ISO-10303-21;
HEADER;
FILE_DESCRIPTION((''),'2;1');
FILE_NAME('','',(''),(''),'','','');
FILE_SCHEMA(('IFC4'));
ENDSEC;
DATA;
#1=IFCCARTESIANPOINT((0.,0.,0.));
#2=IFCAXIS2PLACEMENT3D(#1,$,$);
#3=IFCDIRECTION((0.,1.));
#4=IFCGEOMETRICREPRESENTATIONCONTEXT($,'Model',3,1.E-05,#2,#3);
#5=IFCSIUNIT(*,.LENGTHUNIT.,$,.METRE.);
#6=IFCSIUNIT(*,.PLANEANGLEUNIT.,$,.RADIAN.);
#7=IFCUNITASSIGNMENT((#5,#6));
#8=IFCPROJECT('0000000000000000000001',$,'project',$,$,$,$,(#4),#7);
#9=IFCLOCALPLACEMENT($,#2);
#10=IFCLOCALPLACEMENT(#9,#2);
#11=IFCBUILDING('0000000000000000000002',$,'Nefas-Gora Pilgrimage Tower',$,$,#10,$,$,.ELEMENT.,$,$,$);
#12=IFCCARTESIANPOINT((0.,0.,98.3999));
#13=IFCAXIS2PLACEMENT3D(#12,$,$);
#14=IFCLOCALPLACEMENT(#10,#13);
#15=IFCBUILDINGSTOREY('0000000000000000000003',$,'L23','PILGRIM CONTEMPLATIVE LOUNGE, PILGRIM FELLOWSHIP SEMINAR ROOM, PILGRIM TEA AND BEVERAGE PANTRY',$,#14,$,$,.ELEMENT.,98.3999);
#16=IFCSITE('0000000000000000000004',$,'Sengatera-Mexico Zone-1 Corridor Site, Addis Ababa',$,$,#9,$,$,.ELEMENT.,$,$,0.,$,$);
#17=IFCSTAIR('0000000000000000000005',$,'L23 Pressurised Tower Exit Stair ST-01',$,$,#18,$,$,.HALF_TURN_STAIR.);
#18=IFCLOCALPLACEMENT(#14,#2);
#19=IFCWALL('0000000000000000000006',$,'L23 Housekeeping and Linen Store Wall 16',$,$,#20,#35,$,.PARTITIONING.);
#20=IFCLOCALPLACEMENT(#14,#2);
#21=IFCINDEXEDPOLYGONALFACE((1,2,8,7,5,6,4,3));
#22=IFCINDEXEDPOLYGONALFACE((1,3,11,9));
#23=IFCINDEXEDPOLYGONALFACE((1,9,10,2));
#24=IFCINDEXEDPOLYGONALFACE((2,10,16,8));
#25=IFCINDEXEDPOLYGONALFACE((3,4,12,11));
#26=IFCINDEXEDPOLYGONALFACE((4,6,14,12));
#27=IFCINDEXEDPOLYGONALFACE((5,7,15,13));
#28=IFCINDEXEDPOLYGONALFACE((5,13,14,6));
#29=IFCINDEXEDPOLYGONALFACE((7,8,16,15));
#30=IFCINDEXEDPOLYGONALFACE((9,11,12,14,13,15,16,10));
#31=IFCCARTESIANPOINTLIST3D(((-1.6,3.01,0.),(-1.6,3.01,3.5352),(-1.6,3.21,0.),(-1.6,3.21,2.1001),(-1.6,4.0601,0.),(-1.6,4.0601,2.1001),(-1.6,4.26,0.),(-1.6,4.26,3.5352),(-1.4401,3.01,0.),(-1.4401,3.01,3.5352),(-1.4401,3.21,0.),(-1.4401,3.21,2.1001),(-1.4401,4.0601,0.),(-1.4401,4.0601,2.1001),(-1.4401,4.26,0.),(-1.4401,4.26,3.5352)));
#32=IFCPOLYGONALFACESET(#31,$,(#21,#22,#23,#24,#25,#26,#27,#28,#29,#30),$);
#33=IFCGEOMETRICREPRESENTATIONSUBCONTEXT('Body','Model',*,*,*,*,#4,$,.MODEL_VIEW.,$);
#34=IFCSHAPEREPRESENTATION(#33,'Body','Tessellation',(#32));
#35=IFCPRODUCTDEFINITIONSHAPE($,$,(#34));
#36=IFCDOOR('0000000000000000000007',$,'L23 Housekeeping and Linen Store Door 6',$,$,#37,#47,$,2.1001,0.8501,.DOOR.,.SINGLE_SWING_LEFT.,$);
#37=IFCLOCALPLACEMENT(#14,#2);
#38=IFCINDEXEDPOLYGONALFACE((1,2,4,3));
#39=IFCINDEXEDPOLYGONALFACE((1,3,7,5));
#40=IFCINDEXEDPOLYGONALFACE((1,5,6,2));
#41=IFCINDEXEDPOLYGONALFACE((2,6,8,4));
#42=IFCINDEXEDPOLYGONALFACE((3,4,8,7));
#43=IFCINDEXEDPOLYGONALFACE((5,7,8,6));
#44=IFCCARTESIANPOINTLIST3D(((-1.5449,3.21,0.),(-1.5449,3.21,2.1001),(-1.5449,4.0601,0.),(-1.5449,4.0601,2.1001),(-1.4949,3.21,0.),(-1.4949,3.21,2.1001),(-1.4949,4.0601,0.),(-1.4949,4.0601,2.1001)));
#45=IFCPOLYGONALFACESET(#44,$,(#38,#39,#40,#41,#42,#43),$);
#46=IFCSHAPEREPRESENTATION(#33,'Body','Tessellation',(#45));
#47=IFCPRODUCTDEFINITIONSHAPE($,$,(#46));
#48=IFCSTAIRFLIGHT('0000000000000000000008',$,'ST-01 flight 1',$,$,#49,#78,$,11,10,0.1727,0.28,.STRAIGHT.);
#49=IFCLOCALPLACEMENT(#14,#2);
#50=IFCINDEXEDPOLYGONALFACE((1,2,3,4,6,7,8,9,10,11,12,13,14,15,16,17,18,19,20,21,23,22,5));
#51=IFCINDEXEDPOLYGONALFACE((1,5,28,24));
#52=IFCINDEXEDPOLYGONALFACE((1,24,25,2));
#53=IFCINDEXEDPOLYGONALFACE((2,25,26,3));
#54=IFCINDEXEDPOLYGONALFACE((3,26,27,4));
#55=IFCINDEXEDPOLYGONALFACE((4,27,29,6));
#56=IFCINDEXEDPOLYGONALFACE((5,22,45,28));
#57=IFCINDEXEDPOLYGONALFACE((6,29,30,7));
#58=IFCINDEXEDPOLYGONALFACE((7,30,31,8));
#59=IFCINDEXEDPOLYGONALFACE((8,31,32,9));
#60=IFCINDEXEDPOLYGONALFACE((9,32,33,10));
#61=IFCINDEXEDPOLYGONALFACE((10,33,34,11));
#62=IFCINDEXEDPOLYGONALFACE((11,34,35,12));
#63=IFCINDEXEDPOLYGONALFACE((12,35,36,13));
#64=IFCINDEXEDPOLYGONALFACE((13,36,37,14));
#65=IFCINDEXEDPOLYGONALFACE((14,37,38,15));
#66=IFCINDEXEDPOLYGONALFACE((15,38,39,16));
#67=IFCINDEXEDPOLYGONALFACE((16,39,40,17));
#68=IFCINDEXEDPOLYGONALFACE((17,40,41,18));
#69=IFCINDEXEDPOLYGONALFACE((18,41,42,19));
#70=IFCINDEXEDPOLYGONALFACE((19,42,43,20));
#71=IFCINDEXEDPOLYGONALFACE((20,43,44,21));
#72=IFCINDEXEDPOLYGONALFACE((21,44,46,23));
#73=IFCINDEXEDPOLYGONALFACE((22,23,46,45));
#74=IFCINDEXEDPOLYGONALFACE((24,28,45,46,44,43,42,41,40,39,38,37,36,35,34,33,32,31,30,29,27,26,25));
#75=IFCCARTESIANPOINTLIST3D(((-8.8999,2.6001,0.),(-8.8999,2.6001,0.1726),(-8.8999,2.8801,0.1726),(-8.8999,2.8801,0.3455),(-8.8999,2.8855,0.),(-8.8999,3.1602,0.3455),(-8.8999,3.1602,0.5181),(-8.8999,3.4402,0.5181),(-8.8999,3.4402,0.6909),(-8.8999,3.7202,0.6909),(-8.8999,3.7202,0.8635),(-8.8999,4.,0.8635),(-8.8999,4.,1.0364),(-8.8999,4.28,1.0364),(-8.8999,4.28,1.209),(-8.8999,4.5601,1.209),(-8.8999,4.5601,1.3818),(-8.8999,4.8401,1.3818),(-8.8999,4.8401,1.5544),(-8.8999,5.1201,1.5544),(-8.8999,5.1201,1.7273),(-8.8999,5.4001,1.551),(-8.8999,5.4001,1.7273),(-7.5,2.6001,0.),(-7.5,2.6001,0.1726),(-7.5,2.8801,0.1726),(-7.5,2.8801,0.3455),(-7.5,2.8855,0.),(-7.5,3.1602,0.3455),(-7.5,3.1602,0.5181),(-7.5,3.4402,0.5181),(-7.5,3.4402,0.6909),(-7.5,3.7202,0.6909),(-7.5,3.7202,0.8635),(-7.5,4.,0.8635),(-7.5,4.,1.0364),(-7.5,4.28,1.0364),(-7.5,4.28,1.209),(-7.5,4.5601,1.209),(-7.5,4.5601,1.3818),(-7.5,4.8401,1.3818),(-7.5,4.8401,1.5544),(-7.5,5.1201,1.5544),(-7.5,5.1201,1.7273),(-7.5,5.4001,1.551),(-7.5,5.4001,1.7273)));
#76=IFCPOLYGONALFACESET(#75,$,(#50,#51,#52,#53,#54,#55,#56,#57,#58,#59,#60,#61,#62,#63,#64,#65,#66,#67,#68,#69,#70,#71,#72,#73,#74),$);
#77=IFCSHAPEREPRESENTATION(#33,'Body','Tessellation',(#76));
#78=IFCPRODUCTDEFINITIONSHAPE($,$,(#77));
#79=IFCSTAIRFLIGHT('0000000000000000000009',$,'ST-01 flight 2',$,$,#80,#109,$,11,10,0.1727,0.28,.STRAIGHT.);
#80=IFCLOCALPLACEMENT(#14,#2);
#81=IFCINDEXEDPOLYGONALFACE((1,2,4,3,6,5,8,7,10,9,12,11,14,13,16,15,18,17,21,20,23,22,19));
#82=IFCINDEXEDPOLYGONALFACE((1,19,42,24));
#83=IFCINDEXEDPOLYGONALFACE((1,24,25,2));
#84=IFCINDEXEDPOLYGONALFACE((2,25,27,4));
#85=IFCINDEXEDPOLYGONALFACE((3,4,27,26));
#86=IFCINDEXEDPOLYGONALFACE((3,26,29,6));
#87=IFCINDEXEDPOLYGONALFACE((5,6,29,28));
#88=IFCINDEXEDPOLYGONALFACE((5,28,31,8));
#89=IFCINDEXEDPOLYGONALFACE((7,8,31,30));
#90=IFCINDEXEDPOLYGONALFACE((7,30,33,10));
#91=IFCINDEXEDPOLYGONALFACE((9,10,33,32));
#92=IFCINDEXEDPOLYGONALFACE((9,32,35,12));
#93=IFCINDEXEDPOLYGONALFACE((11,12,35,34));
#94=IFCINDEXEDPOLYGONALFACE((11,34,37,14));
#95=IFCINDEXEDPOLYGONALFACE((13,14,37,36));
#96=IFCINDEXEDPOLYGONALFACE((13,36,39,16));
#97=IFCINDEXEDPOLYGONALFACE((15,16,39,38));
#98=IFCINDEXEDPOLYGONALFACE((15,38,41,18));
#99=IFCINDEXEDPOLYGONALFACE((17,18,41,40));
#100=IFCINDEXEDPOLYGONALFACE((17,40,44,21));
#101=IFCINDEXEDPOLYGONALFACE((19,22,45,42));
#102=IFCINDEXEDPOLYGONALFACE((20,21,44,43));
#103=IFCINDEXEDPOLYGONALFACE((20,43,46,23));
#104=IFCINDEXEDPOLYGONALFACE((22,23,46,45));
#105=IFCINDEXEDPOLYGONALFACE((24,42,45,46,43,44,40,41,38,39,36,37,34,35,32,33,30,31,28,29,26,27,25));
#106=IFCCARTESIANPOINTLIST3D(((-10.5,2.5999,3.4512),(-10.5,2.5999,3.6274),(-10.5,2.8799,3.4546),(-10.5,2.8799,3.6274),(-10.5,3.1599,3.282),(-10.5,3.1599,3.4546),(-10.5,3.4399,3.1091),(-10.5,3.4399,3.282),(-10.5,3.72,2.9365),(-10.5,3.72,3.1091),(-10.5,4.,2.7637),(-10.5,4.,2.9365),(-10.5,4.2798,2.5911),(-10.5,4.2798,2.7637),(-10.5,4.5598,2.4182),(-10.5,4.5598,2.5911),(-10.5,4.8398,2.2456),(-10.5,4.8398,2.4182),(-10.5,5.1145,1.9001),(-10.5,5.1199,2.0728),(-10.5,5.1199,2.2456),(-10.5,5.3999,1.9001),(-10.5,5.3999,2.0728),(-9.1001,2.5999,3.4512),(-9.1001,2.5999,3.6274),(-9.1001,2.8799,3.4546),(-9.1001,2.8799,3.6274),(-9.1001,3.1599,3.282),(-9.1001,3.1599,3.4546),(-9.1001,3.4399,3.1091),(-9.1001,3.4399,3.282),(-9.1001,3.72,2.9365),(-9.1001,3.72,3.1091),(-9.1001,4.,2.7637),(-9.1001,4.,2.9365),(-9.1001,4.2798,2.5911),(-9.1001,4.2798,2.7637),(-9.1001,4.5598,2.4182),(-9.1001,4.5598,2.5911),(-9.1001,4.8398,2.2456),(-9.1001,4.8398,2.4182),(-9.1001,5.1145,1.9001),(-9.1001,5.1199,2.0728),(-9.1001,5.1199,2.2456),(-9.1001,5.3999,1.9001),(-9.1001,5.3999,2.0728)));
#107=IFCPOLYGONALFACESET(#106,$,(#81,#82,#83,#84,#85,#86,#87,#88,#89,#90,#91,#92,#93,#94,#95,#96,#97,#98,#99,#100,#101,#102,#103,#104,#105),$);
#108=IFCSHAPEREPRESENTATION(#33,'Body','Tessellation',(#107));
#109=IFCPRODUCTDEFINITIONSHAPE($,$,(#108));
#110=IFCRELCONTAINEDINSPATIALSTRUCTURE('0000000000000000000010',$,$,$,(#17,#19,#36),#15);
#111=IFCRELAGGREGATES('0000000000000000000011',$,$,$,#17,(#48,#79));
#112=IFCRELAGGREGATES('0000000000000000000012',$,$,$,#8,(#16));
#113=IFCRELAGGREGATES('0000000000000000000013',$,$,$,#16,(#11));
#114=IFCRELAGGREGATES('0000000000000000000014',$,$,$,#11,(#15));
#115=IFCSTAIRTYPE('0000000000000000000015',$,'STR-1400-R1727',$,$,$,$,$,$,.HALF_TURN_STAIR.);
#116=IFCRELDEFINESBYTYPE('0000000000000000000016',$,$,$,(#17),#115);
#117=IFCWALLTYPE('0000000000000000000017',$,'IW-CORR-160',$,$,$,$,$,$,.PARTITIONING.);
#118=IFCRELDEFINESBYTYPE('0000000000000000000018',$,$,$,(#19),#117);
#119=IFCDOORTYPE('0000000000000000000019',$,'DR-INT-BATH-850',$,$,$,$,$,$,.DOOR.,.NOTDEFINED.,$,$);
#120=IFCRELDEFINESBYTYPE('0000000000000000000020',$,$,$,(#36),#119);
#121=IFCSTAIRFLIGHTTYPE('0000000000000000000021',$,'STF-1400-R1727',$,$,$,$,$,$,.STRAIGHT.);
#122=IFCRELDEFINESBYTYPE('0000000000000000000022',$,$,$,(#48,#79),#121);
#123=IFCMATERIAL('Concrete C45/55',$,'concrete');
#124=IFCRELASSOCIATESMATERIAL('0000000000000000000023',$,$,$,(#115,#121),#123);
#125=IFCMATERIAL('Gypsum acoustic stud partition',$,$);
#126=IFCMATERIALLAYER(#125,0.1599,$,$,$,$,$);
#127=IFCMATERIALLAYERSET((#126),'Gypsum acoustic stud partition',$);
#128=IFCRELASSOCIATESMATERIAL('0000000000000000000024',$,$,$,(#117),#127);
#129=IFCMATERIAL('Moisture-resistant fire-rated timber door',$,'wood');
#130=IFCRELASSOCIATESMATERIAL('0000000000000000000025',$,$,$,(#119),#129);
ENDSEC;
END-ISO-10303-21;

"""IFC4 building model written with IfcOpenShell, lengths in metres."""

from ifc_helpers import new_model, si_unit, direction, frame, frame_2d, origin, place, context, subcontext, project, spatial, polyline, rectangle, outline, extrude, source, transform, mapped, material, layer, layer_set, type_object, element, fill, aggregate, save


model = new_model("IFC4")

# Units and contexts
model_context = context("Model", 3, precision=1e-05, world=origin(), true_north=direction((0.0, 1.0)))
body_context = subcontext(model_context, "Body", "Model", "MODEL_VIEW")
ifc_project = project(units=[si_unit("LENGTHUNIT", "METRE"), si_unit("PLANEANGLEUNIT", "RADIAN")], contexts=[model_context])

# Site, building, storey
site_placement = place(None, origin())
site = spatial("IfcSite", under=ifc_project, at=site_placement, Name="Sengatera-Mexico Zone-1 Corridor Site, Addis Ababa", CompositionType="ELEMENT", RefElevation=0.0)
building_placement = place(site_placement, origin())
building = spatial("IfcBuilding", under=site, at=building_placement, Name="Nefas-Gora Pilgrimage Tower", CompositionType="ELEMENT")
storey_placement = place(building_placement, frame((0.0, 0.0, 98.3999)))
storey = spatial("IfcBuildingStorey", under=building, at=storey_placement, Name="L23", Description="PILGRIM CONTEMPLATIVE LOUNGE, PILGRIM FELLOWSHIP SEMINAR ROOM, PILGRIM TEA AND BEVERAGE PANTRY", CompositionType="ELEMENT", Elevation=98.3999)

# Stair
ifc_material_1 = material(Name="Concrete C45/55", Category="concrete")
stair_type = type_object("IfcStairType", Name="STR-1400-R1727", PredefinedType="HALF_TURN_STAIR", material=ifc_material_1)
stair_1_placement = place(storey_placement, origin())
stair_1 = element("IfcStair", 1, at=stair_1_placement, inside=storey, type_object=stair_type, Name="L23 Pressurised Tower Exit Stair ST-01", PredefinedType="HALF_TURN_STAIR")

# Shared definitions
ifc_material_2 = material(Name="Gypsum acoustic stud partition")
ifc_layer_1 = layer(ifc_material_2, 0.1599)
ifc_layer_set_1 = layer_set([ifc_layer_1], Name="Gypsum acoustic stud partition")
wall_type_1 = type_object("IfcWallType", Name="IW-CORR-160", PredefinedType="PARTITIONING", material=ifc_layer_set_1)

# Wall, opening, door
shared_shape_1 = source(origin(), body_context, "Body", "SweptSolid", [
    extrude(rectangle(XDim=1.25, YDim=0.1599, at=frame_2d((0.625, 0.0))), origin(), (0.0, 0.0, 1.0), 3.5352),
])
wall_1_placement = place(storey_placement, frame((-1.52, 3.01, 0.0), z_axis=(0.0, 0.0, 1.0), x_axis=(0.0, 1.0, 0.0)))
wall_1 = element("IfcWall", 2, at=wall_1_placement, inside=storey, type_object=wall_type_1, Name="L23 Housekeeping and Linen Store Wall 16", PredefinedType="PARTITIONING", context=body_context, shape_type="MappedRepresentation", body=[
    mapped(shared_shape_1, transform((0.0, 0.0, 0.0), x_axis=(1.0, 0.0, 0.0), y_axis=(0.0, 1.0, 0.0), z_axis=(0.0, 0.0, 1.0), scale=1.0)),
])
opening_1_placement = place(wall_1_placement, frame((0.2, 0.0, 0.0)))
opening_1 = element("IfcOpeningElement", 3, at=opening_1_placement, cuts=wall_1, PredefinedType="OPENING", context=body_context, shape_type="SweptSolid", body=[
    extrude(rectangle(XDim=0.8501, YDim=2.1001, at=frame_2d((0.425, 1.05))), frame((0.0, 0.0898, 0.0), z_axis=(0.0, -1.0, 0.0), x_axis=(1.0, 0.0, 0.0)), (0.0, 0.0, 1.0), 0.1799),
])
ifc_material_3 = material(Name="Moisture-resistant fire-rated timber door", Category="wood")
door_type_1 = type_object("IfcDoorType", Name="DR-INT-BATH-850", OperationType="NOTDEFINED", PredefinedType="DOOR", material=ifc_material_3)
shared_shape_2 = source(origin(), body_context, "Body", "SweptSolid", [
    extrude(rectangle(XDim=0.8501, YDim=2.1001, at=frame_2d((0.425, 1.05))), frame((0.0, 0.0249, 0.0), z_axis=(0.0, -1.0, 0.0), x_axis=(1.0, 0.0, 0.0)), (0.0, 0.0, 1.0), 0.05),
])
door_1_placement = place(opening_1_placement, origin())
door_1 = element("IfcDoor", 4, at=door_1_placement, inside=storey, type_object=door_type_1, Name="L23 Housekeeping and Linen Store Door 6", OperationType="SINGLE_SWING_LEFT", OverallHeight=2.1001, OverallWidth=0.8501, PredefinedType="DOOR", context=body_context, shape_type="MappedRepresentation", body=[
    mapped(shared_shape_2, transform((0.0, 0.0, 0.0), x_axis=(1.0, 0.0, 0.0), y_axis=(0.0, 1.0, 0.0), z_axis=(0.0, 0.0, 1.0), scale=1.0)),
])
fill(opening_1, door_1)

# Stair flights
stair_flight_type = type_object("IfcStairFlightType", Name="STF-1400-R1727", PredefinedType="STRAIGHT", material=ifc_material_1)
shared_shape_3 = source(origin(), body_context, "Body", "SweptSolid", [
    extrude(outline(polyline([(0.0, 0.0), (0.0, 0.1726), (0.28, 0.1726), (0.28, 0.3455), (0.5601, 0.3455), (0.5601, 0.5181), (0.8401, 0.5181), (0.8401, 0.6909), (1.1201, 0.6909), (1.1201, 0.8635), (1.3999, 0.8635), (1.3999, 1.0364), (1.6799, 1.0364), (1.6799, 1.209), (1.96, 1.209), (1.96, 1.3818), (2.24, 1.3818), (2.24, 1.5544), (2.52, 1.5544), (2.52, 1.7273), (2.8, 1.7273), (2.8, 1.8999), (2.8, 1.551), (0.2854, 0.0), (0.0, 0.0)])), frame((0.0, 0.7, 0.0), z_axis=(0.0, -1.0, 0.0), x_axis=(1.0, 0.0, 0.0)), (0.0, 0.0, 1.0), 1.3999),
])
stair_flight_1_placement = place(storey_placement, frame((-8.2, 2.6001, 0.0), z_axis=(0.0, 0.0, 1.0), x_axis=(0.0, 1.0, 0.0)))
stair_flight_1 = element("IfcStairFlight", 5, at=stair_flight_1_placement, type_object=stair_flight_type, Name="ST-01 flight 1", NumberOfRisers=11, NumberOfTreads=10, PredefinedType="STRAIGHT", RiserHeight=0.1727, TreadLength=0.28, context=body_context, shape_type="MappedRepresentation", body=[
    mapped(shared_shape_3, transform((0.0, 0.0, 0.0), x_axis=(1.0, 0.0, 0.0), y_axis=(0.0, 1.0, 0.0), z_axis=(0.0, 0.0, 1.0), scale=1.0)),
])
stair_flight_2_placement = place(storey_placement, frame((-9.8, 5.3999, 1.9001), z_axis=(0.0, 0.0, 1.0), x_axis=(0.0, -1.0, 0.0)))
stair_flight_2 = element("IfcStairFlight", 6, at=stair_flight_2_placement, type_object=stair_flight_type, Name="ST-01 flight 2", NumberOfRisers=11, NumberOfTreads=10, PredefinedType="STRAIGHT", RiserHeight=0.1727, TreadLength=0.28, context=body_context, shape_type="MappedRepresentation", body=[
    mapped(shared_shape_3, transform((0.0, 0.0, 0.0), x_axis=(1.0, 0.0, 0.0), y_axis=(0.0, 1.0, 0.0), z_axis=(0.0, 0.0, 1.0), scale=1.0)),
])
aggregate(stair_1, [stair_flight_1, stair_flight_2])

save(model, "model.ifc")
